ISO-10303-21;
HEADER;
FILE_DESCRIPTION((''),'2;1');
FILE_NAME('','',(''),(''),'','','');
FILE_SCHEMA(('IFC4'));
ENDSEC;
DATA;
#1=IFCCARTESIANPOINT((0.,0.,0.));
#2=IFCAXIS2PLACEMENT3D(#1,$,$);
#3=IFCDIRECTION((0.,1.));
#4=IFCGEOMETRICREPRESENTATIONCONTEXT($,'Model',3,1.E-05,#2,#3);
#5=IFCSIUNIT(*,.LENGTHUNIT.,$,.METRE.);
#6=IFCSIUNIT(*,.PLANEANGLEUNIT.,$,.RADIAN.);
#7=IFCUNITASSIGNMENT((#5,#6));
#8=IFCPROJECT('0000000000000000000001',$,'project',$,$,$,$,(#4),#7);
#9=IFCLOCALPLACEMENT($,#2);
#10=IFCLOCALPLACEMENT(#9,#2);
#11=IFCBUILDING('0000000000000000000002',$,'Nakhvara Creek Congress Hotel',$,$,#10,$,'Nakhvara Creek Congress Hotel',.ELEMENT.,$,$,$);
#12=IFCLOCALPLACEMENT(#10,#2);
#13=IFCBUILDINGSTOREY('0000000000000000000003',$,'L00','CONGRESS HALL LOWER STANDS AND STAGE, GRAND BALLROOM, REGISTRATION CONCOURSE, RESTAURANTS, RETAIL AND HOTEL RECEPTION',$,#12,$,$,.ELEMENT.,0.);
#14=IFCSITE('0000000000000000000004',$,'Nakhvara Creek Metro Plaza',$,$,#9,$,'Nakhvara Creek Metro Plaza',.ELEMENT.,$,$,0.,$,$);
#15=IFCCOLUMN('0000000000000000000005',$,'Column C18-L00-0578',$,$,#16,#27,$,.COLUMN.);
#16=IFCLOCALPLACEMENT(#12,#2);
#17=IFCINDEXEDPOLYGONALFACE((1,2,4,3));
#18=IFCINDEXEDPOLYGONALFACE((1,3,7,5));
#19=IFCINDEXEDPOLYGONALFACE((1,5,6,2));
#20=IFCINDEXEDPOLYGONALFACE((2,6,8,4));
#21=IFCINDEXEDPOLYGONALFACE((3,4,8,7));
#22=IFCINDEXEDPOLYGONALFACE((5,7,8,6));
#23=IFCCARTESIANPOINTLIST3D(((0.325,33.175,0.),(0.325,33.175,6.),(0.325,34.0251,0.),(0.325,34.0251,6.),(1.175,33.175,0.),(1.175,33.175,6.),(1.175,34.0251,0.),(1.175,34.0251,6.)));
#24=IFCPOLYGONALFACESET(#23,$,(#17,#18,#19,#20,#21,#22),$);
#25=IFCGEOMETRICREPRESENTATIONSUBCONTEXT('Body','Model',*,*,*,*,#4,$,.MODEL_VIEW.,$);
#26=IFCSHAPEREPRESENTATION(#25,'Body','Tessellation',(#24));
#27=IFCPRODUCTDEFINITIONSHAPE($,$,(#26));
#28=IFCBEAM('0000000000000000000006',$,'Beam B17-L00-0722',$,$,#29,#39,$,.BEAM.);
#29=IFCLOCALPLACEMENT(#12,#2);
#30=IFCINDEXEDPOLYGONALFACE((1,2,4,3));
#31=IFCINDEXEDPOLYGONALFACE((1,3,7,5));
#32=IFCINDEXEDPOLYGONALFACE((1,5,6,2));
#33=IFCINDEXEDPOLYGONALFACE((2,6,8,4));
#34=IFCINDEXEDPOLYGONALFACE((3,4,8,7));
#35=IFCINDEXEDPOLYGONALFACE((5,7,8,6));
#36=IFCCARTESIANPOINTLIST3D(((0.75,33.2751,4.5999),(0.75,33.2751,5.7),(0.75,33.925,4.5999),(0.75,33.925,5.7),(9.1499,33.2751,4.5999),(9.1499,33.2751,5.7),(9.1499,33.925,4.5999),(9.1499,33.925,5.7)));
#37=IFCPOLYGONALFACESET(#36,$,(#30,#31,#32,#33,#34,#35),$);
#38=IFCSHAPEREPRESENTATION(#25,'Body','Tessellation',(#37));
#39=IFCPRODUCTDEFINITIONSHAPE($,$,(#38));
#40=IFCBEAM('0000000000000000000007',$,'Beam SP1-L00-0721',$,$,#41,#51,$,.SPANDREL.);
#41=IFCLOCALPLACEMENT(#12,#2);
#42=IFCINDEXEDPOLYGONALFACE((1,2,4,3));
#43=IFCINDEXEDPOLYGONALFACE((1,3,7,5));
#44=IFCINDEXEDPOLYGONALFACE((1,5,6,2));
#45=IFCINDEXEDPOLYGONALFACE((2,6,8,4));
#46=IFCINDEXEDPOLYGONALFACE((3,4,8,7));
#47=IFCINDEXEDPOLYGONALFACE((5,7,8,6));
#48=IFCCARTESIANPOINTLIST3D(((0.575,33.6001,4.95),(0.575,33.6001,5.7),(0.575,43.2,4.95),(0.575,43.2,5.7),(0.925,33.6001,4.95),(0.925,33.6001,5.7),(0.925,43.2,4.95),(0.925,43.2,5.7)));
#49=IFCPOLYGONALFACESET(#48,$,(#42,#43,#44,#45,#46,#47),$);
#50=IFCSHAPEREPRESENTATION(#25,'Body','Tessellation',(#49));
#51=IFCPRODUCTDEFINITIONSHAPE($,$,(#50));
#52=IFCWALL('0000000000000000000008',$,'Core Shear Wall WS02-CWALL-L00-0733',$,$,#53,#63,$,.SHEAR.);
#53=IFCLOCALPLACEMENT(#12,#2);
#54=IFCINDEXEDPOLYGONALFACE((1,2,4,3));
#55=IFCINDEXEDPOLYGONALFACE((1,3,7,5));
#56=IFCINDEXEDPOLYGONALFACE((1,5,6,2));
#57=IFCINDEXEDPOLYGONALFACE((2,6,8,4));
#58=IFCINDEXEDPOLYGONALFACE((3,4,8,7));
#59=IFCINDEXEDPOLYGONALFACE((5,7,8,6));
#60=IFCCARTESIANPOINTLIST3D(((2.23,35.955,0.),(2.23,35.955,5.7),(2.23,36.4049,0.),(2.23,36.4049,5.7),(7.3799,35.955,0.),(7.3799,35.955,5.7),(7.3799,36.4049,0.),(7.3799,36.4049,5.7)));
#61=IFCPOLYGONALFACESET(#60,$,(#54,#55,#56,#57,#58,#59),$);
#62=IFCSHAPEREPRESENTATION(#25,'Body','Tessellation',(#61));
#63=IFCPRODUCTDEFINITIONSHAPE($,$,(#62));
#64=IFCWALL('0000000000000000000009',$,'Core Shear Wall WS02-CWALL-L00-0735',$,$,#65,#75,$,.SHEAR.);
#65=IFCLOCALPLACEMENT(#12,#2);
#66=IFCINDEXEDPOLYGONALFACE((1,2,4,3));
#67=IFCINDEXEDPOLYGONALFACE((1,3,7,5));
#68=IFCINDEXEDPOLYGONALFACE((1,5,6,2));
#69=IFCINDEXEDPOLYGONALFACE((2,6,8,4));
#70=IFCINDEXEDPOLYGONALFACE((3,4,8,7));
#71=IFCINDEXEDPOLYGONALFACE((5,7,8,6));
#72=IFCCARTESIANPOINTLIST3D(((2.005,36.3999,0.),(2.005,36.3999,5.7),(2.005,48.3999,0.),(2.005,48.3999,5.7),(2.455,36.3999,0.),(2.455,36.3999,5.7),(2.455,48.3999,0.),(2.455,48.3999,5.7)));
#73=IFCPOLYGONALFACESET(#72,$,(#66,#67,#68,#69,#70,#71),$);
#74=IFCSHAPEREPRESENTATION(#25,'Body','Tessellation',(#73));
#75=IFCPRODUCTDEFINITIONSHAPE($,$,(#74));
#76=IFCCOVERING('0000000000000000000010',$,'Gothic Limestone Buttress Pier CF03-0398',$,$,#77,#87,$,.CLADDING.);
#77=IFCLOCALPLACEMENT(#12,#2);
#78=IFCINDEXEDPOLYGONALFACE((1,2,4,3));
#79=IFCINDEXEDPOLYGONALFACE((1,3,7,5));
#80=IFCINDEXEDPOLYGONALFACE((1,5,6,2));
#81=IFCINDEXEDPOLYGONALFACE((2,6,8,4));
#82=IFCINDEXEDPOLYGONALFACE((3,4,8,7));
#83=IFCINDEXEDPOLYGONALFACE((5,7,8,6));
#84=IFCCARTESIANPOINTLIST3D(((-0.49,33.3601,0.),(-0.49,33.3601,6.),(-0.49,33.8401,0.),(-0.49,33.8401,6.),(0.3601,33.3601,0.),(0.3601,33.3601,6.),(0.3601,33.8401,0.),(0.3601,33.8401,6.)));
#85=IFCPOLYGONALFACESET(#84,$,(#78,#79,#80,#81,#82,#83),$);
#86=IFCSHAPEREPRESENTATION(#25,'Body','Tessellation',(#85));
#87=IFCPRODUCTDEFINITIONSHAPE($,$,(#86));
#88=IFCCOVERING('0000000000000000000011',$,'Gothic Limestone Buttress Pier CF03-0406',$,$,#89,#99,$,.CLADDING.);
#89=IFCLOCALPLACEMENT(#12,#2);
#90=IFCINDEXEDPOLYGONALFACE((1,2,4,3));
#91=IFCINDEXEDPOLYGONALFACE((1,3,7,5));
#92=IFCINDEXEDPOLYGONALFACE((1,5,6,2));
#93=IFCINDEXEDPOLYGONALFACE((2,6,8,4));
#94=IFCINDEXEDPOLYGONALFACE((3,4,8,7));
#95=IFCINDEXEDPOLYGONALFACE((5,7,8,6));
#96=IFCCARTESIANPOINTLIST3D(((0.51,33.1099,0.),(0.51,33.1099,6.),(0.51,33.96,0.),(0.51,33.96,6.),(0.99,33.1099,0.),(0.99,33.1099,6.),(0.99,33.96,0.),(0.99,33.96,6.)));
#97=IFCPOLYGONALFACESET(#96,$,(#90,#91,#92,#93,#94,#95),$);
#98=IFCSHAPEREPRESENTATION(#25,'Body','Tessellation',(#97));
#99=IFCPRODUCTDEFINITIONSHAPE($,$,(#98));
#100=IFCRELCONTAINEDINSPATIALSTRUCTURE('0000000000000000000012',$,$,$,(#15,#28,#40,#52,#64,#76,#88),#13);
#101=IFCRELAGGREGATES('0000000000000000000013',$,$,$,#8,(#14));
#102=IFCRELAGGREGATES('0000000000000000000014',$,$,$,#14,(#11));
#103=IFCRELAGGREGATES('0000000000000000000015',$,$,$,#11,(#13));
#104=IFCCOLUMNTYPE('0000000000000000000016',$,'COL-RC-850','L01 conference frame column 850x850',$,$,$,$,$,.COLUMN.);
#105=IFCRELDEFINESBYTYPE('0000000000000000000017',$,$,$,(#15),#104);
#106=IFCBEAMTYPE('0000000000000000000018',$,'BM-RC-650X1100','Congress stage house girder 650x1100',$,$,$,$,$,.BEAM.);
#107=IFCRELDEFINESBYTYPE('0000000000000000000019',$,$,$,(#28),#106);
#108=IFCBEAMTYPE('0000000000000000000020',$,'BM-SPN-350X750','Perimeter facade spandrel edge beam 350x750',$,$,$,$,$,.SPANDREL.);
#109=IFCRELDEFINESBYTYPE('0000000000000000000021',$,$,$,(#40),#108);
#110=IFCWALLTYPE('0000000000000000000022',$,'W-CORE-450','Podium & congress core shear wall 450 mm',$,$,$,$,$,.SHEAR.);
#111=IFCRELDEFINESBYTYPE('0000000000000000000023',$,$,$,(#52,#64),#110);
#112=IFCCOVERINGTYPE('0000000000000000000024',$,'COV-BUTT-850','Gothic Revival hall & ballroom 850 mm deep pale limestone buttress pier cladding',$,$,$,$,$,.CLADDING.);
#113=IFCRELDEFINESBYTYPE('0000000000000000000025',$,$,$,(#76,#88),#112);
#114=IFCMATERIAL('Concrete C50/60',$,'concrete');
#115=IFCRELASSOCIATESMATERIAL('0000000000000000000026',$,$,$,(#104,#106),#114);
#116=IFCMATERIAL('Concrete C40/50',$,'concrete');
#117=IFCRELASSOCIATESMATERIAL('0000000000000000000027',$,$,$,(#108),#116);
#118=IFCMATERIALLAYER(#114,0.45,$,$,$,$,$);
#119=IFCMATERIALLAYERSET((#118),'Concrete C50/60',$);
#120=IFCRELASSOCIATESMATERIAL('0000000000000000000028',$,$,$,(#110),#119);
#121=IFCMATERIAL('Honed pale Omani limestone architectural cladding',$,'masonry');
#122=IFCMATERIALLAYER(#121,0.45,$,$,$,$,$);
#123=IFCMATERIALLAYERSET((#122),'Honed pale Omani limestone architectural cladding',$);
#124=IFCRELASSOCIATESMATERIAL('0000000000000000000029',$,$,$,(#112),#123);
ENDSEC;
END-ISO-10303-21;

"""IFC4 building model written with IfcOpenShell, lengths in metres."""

from ifc_helpers import new_model, si_unit, direction, frame, frame_2d, origin, origin_2d, place, context, subcontext, project, spatial, rectangle, extrude, material, layer, layer_set, material_profile, profile_set, type_object, element, save


model = new_model("IFC4")

# Units and contexts
model_context = context("Model", 3, precision=1e-05, world=origin(), true_north=direction((0.0, 1.0)))
body_context = subcontext(model_context, "Body", "Model", "MODEL_VIEW")
ifc_project = project(units=[si_unit("LENGTHUNIT", "METRE"), si_unit("PLANEANGLEUNIT", "RADIAN")], contexts=[model_context])

# Site, building, storey
site_placement = place(None, origin())
site = spatial("IfcSite", under=ifc_project, at=site_placement, Name="Nakhvara Creek Metro Plaza", LongName="Nakhvara Creek Metro Plaza", CompositionType="ELEMENT", RefElevation=0.0)
building_placement = place(site_placement, origin())
building = spatial("IfcBuilding", under=site, at=building_placement, Name="Nakhvara Creek Congress Hotel", LongName="Nakhvara Creek Congress Hotel", CompositionType="ELEMENT")
storey_placement = place(building_placement, origin())
storey = spatial("IfcBuildingStorey", under=building, at=storey_placement, Name="L00", Description="CONGRESS HALL LOWER STANDS AND STAGE, GRAND BALLROOM, REGISTRATION CONCOURSE, RESTAURANTS, RETAIL AND HOTEL RECEPTION", CompositionType="ELEMENT", Elevation=0.0)

# Column
ifc_material_1 = material(Name="Concrete C50/60", Category="concrete")
ifc_material_profile_1 = material_profile(ifc_material_1, rectangle(XDim=0.8501, YDim=0.8501, at=origin_2d()), Name="RC-COL 850x850", Category="LoadBearing")
ifc_profile_set_1 = profile_set([ifc_material_profile_1], Name="Concrete C50/60")
column_type = type_object("IfcColumnType", Name="COL-RC-850", Description="L01 conference frame column 850x850", PredefinedType="COLUMN", material=ifc_profile_set_1)
column_placement = place(storey_placement, frame((0.75, 33.6001, 0.0), z_axis=(0.0, 0.0, 1.0), x_axis=(1.0, 0.0, 0.0)))
element("IfcColumn", 1, at=column_placement, inside=storey, type_object=column_type, Name="Column C18-L00-0578", PredefinedType="COLUMN", context=body_context, shape_type="SweptSolid", body=[
    extrude(rectangle(XDim=0.8501, YDim=0.8501, at=origin_2d()), origin(), (0.0, 0.0, 1.0), 6.0),
])

# Beams
ifc_material_profile_2 = material_profile(ifc_material_1, rectangle(XDim=0.6499, YDim=1.1001, at=origin_2d()), Name="RC-BM 650x1100", Category="LoadBearing")
ifc_profile_set_2 = profile_set([ifc_material_profile_2], Name="Concrete C50/60")
beam_type_1 = type_object("IfcBeamType", Name="BM-RC-650X1100", Description="Congress stage house girder 650x1100", PredefinedType="BEAM", material=ifc_profile_set_2)
beam_1_placement = place(storey_placement, frame((0.75, 33.6001, 5.1499), z_axis=(1.0, 0.0, 0.0), x_axis=(0.0, 1.0, 0.0)))
element("IfcBeam", 2, at=beam_1_placement, inside=storey, type_object=beam_type_1, Name="Beam B17-L00-0722", PredefinedType="BEAM", context=body_context, shape_type="SweptSolid", body=[
    extrude(rectangle(XDim=0.6499, YDim=1.1001, at=origin_2d()), origin(), (0.0, 0.0, 1.0), 8.3999),
])
ifc_material_2 = material(Name="Concrete C40/50", Category="concrete")
ifc_material_profile_3 = material_profile(ifc_material_2, rectangle(XDim=0.3501, YDim=0.75, at=origin_2d()), Name="RC-SPANDREL 350x750", Category="LoadBearing")
ifc_profile_set_3 = profile_set([ifc_material_profile_3], Name="Concrete C40/50")
beam_type_2 = type_object("IfcBeamType", Name="BM-SPN-350X750", Description="Perimeter facade spandrel edge beam 350x750", PredefinedType="SPANDREL", material=ifc_profile_set_3)
beam_2_placement = place(storey_placement, frame((0.75, 33.6001, 5.325), z_axis=(0.0, 1.0, 0.0), x_axis=(-1.0, 0.0, 0.0)))
element("IfcBeam", 3, at=beam_2_placement, inside=storey, type_object=beam_type_2, Name="Beam SP1-L00-0721", PredefinedType="SPANDREL", context=body_context, shape_type="SweptSolid", body=[
    extrude(rectangle(XDim=0.3501, YDim=0.75, at=origin_2d()), origin(), (0.0, 0.0, 1.0), 9.5999),
])

# Walls
ifc_layer_1 = layer(ifc_material_1, 0.45)
ifc_layer_set_1 = layer_set([ifc_layer_1], Name="Concrete C50/60")
wall_type_1 = type_object("IfcWallType", Name="W-CORE-450", Description="Podium & congress core shear wall 450 mm", PredefinedType="SHEAR", material=ifc_layer_set_1)
wall_1_placement = place(storey_placement, frame((2.23, 36.1799, 0.0), z_axis=(0.0, 0.0, 1.0), x_axis=(1.0, 0.0, 0.0)))
element("IfcWall", 4, at=wall_1_placement, inside=storey, type_object=wall_type_1, Name="Core Shear Wall WS02-CWALL-L00-0733", PredefinedType="SHEAR", context=body_context, shape_type="SweptSolid", body=[
    extrude(rectangle(XDim=5.1499, YDim=0.45, at=frame_2d((2.575, 0.0))), origin(), (0.0, 0.0, 1.0), 5.7),
])
wall_2_placement = place(storey_placement, frame((2.23, 36.3999, 0.0), z_axis=(0.0, 0.0, 1.0), x_axis=(0.0, 1.0, 0.0)))
element("IfcWall", 5, at=wall_2_placement, inside=storey, type_object=wall_type_1, Name="Core Shear Wall WS02-CWALL-L00-0735", PredefinedType="SHEAR", context=body_context, shape_type="SweptSolid", body=[
    extrude(rectangle(XDim=12.0, YDim=0.45, at=frame_2d((6.0, 0.0))), origin(), (0.0, 0.0, 1.0), 5.7),
])

# Coverings
ifc_material_3 = material(Name="Honed pale Omani limestone architectural cladding", Category="masonry")
ifc_layer_2 = layer(ifc_material_3, 0.45)
ifc_layer_set_2 = layer_set([ifc_layer_2], Name="Honed pale Omani limestone architectural cladding")
covering_type = type_object("IfcCoveringType", Name="COV-BUTT-850", Description="Gothic Revival hall & ballroom 850 mm deep pale limestone buttress pier cladding", PredefinedType="CLADDING", material=ifc_layer_set_2)
for number, where, z_axis, x_axis, name in (
    (6, (-0.0649, 33.6001, 0.0), (0.0, 0.0, 1.0), (0.0, 1.0, 0.0), "Gothic Limestone Buttress Pier CF03-0398"),
    (7, (0.75, 33.5349, 0.0), (0.0, 0.0, 1.0), (1.0, 0.0, 0.0), "Gothic Limestone Buttress Pier CF03-0406"),
):
    element("IfcCovering", number, at=place(storey_placement, frame(where, z_axis=z_axis, x_axis=x_axis)), inside=storey, type_object=covering_type, Name=name, PredefinedType="CLADDING", context=body_context, shape_type="SweptSolid", body=[
        extrude(rectangle(XDim=0.48, YDim=0.8501, at=origin_2d()), origin(), (0.0, 0.0, 1.0), 6.0),
    ])

save(model, "model.ifc")
